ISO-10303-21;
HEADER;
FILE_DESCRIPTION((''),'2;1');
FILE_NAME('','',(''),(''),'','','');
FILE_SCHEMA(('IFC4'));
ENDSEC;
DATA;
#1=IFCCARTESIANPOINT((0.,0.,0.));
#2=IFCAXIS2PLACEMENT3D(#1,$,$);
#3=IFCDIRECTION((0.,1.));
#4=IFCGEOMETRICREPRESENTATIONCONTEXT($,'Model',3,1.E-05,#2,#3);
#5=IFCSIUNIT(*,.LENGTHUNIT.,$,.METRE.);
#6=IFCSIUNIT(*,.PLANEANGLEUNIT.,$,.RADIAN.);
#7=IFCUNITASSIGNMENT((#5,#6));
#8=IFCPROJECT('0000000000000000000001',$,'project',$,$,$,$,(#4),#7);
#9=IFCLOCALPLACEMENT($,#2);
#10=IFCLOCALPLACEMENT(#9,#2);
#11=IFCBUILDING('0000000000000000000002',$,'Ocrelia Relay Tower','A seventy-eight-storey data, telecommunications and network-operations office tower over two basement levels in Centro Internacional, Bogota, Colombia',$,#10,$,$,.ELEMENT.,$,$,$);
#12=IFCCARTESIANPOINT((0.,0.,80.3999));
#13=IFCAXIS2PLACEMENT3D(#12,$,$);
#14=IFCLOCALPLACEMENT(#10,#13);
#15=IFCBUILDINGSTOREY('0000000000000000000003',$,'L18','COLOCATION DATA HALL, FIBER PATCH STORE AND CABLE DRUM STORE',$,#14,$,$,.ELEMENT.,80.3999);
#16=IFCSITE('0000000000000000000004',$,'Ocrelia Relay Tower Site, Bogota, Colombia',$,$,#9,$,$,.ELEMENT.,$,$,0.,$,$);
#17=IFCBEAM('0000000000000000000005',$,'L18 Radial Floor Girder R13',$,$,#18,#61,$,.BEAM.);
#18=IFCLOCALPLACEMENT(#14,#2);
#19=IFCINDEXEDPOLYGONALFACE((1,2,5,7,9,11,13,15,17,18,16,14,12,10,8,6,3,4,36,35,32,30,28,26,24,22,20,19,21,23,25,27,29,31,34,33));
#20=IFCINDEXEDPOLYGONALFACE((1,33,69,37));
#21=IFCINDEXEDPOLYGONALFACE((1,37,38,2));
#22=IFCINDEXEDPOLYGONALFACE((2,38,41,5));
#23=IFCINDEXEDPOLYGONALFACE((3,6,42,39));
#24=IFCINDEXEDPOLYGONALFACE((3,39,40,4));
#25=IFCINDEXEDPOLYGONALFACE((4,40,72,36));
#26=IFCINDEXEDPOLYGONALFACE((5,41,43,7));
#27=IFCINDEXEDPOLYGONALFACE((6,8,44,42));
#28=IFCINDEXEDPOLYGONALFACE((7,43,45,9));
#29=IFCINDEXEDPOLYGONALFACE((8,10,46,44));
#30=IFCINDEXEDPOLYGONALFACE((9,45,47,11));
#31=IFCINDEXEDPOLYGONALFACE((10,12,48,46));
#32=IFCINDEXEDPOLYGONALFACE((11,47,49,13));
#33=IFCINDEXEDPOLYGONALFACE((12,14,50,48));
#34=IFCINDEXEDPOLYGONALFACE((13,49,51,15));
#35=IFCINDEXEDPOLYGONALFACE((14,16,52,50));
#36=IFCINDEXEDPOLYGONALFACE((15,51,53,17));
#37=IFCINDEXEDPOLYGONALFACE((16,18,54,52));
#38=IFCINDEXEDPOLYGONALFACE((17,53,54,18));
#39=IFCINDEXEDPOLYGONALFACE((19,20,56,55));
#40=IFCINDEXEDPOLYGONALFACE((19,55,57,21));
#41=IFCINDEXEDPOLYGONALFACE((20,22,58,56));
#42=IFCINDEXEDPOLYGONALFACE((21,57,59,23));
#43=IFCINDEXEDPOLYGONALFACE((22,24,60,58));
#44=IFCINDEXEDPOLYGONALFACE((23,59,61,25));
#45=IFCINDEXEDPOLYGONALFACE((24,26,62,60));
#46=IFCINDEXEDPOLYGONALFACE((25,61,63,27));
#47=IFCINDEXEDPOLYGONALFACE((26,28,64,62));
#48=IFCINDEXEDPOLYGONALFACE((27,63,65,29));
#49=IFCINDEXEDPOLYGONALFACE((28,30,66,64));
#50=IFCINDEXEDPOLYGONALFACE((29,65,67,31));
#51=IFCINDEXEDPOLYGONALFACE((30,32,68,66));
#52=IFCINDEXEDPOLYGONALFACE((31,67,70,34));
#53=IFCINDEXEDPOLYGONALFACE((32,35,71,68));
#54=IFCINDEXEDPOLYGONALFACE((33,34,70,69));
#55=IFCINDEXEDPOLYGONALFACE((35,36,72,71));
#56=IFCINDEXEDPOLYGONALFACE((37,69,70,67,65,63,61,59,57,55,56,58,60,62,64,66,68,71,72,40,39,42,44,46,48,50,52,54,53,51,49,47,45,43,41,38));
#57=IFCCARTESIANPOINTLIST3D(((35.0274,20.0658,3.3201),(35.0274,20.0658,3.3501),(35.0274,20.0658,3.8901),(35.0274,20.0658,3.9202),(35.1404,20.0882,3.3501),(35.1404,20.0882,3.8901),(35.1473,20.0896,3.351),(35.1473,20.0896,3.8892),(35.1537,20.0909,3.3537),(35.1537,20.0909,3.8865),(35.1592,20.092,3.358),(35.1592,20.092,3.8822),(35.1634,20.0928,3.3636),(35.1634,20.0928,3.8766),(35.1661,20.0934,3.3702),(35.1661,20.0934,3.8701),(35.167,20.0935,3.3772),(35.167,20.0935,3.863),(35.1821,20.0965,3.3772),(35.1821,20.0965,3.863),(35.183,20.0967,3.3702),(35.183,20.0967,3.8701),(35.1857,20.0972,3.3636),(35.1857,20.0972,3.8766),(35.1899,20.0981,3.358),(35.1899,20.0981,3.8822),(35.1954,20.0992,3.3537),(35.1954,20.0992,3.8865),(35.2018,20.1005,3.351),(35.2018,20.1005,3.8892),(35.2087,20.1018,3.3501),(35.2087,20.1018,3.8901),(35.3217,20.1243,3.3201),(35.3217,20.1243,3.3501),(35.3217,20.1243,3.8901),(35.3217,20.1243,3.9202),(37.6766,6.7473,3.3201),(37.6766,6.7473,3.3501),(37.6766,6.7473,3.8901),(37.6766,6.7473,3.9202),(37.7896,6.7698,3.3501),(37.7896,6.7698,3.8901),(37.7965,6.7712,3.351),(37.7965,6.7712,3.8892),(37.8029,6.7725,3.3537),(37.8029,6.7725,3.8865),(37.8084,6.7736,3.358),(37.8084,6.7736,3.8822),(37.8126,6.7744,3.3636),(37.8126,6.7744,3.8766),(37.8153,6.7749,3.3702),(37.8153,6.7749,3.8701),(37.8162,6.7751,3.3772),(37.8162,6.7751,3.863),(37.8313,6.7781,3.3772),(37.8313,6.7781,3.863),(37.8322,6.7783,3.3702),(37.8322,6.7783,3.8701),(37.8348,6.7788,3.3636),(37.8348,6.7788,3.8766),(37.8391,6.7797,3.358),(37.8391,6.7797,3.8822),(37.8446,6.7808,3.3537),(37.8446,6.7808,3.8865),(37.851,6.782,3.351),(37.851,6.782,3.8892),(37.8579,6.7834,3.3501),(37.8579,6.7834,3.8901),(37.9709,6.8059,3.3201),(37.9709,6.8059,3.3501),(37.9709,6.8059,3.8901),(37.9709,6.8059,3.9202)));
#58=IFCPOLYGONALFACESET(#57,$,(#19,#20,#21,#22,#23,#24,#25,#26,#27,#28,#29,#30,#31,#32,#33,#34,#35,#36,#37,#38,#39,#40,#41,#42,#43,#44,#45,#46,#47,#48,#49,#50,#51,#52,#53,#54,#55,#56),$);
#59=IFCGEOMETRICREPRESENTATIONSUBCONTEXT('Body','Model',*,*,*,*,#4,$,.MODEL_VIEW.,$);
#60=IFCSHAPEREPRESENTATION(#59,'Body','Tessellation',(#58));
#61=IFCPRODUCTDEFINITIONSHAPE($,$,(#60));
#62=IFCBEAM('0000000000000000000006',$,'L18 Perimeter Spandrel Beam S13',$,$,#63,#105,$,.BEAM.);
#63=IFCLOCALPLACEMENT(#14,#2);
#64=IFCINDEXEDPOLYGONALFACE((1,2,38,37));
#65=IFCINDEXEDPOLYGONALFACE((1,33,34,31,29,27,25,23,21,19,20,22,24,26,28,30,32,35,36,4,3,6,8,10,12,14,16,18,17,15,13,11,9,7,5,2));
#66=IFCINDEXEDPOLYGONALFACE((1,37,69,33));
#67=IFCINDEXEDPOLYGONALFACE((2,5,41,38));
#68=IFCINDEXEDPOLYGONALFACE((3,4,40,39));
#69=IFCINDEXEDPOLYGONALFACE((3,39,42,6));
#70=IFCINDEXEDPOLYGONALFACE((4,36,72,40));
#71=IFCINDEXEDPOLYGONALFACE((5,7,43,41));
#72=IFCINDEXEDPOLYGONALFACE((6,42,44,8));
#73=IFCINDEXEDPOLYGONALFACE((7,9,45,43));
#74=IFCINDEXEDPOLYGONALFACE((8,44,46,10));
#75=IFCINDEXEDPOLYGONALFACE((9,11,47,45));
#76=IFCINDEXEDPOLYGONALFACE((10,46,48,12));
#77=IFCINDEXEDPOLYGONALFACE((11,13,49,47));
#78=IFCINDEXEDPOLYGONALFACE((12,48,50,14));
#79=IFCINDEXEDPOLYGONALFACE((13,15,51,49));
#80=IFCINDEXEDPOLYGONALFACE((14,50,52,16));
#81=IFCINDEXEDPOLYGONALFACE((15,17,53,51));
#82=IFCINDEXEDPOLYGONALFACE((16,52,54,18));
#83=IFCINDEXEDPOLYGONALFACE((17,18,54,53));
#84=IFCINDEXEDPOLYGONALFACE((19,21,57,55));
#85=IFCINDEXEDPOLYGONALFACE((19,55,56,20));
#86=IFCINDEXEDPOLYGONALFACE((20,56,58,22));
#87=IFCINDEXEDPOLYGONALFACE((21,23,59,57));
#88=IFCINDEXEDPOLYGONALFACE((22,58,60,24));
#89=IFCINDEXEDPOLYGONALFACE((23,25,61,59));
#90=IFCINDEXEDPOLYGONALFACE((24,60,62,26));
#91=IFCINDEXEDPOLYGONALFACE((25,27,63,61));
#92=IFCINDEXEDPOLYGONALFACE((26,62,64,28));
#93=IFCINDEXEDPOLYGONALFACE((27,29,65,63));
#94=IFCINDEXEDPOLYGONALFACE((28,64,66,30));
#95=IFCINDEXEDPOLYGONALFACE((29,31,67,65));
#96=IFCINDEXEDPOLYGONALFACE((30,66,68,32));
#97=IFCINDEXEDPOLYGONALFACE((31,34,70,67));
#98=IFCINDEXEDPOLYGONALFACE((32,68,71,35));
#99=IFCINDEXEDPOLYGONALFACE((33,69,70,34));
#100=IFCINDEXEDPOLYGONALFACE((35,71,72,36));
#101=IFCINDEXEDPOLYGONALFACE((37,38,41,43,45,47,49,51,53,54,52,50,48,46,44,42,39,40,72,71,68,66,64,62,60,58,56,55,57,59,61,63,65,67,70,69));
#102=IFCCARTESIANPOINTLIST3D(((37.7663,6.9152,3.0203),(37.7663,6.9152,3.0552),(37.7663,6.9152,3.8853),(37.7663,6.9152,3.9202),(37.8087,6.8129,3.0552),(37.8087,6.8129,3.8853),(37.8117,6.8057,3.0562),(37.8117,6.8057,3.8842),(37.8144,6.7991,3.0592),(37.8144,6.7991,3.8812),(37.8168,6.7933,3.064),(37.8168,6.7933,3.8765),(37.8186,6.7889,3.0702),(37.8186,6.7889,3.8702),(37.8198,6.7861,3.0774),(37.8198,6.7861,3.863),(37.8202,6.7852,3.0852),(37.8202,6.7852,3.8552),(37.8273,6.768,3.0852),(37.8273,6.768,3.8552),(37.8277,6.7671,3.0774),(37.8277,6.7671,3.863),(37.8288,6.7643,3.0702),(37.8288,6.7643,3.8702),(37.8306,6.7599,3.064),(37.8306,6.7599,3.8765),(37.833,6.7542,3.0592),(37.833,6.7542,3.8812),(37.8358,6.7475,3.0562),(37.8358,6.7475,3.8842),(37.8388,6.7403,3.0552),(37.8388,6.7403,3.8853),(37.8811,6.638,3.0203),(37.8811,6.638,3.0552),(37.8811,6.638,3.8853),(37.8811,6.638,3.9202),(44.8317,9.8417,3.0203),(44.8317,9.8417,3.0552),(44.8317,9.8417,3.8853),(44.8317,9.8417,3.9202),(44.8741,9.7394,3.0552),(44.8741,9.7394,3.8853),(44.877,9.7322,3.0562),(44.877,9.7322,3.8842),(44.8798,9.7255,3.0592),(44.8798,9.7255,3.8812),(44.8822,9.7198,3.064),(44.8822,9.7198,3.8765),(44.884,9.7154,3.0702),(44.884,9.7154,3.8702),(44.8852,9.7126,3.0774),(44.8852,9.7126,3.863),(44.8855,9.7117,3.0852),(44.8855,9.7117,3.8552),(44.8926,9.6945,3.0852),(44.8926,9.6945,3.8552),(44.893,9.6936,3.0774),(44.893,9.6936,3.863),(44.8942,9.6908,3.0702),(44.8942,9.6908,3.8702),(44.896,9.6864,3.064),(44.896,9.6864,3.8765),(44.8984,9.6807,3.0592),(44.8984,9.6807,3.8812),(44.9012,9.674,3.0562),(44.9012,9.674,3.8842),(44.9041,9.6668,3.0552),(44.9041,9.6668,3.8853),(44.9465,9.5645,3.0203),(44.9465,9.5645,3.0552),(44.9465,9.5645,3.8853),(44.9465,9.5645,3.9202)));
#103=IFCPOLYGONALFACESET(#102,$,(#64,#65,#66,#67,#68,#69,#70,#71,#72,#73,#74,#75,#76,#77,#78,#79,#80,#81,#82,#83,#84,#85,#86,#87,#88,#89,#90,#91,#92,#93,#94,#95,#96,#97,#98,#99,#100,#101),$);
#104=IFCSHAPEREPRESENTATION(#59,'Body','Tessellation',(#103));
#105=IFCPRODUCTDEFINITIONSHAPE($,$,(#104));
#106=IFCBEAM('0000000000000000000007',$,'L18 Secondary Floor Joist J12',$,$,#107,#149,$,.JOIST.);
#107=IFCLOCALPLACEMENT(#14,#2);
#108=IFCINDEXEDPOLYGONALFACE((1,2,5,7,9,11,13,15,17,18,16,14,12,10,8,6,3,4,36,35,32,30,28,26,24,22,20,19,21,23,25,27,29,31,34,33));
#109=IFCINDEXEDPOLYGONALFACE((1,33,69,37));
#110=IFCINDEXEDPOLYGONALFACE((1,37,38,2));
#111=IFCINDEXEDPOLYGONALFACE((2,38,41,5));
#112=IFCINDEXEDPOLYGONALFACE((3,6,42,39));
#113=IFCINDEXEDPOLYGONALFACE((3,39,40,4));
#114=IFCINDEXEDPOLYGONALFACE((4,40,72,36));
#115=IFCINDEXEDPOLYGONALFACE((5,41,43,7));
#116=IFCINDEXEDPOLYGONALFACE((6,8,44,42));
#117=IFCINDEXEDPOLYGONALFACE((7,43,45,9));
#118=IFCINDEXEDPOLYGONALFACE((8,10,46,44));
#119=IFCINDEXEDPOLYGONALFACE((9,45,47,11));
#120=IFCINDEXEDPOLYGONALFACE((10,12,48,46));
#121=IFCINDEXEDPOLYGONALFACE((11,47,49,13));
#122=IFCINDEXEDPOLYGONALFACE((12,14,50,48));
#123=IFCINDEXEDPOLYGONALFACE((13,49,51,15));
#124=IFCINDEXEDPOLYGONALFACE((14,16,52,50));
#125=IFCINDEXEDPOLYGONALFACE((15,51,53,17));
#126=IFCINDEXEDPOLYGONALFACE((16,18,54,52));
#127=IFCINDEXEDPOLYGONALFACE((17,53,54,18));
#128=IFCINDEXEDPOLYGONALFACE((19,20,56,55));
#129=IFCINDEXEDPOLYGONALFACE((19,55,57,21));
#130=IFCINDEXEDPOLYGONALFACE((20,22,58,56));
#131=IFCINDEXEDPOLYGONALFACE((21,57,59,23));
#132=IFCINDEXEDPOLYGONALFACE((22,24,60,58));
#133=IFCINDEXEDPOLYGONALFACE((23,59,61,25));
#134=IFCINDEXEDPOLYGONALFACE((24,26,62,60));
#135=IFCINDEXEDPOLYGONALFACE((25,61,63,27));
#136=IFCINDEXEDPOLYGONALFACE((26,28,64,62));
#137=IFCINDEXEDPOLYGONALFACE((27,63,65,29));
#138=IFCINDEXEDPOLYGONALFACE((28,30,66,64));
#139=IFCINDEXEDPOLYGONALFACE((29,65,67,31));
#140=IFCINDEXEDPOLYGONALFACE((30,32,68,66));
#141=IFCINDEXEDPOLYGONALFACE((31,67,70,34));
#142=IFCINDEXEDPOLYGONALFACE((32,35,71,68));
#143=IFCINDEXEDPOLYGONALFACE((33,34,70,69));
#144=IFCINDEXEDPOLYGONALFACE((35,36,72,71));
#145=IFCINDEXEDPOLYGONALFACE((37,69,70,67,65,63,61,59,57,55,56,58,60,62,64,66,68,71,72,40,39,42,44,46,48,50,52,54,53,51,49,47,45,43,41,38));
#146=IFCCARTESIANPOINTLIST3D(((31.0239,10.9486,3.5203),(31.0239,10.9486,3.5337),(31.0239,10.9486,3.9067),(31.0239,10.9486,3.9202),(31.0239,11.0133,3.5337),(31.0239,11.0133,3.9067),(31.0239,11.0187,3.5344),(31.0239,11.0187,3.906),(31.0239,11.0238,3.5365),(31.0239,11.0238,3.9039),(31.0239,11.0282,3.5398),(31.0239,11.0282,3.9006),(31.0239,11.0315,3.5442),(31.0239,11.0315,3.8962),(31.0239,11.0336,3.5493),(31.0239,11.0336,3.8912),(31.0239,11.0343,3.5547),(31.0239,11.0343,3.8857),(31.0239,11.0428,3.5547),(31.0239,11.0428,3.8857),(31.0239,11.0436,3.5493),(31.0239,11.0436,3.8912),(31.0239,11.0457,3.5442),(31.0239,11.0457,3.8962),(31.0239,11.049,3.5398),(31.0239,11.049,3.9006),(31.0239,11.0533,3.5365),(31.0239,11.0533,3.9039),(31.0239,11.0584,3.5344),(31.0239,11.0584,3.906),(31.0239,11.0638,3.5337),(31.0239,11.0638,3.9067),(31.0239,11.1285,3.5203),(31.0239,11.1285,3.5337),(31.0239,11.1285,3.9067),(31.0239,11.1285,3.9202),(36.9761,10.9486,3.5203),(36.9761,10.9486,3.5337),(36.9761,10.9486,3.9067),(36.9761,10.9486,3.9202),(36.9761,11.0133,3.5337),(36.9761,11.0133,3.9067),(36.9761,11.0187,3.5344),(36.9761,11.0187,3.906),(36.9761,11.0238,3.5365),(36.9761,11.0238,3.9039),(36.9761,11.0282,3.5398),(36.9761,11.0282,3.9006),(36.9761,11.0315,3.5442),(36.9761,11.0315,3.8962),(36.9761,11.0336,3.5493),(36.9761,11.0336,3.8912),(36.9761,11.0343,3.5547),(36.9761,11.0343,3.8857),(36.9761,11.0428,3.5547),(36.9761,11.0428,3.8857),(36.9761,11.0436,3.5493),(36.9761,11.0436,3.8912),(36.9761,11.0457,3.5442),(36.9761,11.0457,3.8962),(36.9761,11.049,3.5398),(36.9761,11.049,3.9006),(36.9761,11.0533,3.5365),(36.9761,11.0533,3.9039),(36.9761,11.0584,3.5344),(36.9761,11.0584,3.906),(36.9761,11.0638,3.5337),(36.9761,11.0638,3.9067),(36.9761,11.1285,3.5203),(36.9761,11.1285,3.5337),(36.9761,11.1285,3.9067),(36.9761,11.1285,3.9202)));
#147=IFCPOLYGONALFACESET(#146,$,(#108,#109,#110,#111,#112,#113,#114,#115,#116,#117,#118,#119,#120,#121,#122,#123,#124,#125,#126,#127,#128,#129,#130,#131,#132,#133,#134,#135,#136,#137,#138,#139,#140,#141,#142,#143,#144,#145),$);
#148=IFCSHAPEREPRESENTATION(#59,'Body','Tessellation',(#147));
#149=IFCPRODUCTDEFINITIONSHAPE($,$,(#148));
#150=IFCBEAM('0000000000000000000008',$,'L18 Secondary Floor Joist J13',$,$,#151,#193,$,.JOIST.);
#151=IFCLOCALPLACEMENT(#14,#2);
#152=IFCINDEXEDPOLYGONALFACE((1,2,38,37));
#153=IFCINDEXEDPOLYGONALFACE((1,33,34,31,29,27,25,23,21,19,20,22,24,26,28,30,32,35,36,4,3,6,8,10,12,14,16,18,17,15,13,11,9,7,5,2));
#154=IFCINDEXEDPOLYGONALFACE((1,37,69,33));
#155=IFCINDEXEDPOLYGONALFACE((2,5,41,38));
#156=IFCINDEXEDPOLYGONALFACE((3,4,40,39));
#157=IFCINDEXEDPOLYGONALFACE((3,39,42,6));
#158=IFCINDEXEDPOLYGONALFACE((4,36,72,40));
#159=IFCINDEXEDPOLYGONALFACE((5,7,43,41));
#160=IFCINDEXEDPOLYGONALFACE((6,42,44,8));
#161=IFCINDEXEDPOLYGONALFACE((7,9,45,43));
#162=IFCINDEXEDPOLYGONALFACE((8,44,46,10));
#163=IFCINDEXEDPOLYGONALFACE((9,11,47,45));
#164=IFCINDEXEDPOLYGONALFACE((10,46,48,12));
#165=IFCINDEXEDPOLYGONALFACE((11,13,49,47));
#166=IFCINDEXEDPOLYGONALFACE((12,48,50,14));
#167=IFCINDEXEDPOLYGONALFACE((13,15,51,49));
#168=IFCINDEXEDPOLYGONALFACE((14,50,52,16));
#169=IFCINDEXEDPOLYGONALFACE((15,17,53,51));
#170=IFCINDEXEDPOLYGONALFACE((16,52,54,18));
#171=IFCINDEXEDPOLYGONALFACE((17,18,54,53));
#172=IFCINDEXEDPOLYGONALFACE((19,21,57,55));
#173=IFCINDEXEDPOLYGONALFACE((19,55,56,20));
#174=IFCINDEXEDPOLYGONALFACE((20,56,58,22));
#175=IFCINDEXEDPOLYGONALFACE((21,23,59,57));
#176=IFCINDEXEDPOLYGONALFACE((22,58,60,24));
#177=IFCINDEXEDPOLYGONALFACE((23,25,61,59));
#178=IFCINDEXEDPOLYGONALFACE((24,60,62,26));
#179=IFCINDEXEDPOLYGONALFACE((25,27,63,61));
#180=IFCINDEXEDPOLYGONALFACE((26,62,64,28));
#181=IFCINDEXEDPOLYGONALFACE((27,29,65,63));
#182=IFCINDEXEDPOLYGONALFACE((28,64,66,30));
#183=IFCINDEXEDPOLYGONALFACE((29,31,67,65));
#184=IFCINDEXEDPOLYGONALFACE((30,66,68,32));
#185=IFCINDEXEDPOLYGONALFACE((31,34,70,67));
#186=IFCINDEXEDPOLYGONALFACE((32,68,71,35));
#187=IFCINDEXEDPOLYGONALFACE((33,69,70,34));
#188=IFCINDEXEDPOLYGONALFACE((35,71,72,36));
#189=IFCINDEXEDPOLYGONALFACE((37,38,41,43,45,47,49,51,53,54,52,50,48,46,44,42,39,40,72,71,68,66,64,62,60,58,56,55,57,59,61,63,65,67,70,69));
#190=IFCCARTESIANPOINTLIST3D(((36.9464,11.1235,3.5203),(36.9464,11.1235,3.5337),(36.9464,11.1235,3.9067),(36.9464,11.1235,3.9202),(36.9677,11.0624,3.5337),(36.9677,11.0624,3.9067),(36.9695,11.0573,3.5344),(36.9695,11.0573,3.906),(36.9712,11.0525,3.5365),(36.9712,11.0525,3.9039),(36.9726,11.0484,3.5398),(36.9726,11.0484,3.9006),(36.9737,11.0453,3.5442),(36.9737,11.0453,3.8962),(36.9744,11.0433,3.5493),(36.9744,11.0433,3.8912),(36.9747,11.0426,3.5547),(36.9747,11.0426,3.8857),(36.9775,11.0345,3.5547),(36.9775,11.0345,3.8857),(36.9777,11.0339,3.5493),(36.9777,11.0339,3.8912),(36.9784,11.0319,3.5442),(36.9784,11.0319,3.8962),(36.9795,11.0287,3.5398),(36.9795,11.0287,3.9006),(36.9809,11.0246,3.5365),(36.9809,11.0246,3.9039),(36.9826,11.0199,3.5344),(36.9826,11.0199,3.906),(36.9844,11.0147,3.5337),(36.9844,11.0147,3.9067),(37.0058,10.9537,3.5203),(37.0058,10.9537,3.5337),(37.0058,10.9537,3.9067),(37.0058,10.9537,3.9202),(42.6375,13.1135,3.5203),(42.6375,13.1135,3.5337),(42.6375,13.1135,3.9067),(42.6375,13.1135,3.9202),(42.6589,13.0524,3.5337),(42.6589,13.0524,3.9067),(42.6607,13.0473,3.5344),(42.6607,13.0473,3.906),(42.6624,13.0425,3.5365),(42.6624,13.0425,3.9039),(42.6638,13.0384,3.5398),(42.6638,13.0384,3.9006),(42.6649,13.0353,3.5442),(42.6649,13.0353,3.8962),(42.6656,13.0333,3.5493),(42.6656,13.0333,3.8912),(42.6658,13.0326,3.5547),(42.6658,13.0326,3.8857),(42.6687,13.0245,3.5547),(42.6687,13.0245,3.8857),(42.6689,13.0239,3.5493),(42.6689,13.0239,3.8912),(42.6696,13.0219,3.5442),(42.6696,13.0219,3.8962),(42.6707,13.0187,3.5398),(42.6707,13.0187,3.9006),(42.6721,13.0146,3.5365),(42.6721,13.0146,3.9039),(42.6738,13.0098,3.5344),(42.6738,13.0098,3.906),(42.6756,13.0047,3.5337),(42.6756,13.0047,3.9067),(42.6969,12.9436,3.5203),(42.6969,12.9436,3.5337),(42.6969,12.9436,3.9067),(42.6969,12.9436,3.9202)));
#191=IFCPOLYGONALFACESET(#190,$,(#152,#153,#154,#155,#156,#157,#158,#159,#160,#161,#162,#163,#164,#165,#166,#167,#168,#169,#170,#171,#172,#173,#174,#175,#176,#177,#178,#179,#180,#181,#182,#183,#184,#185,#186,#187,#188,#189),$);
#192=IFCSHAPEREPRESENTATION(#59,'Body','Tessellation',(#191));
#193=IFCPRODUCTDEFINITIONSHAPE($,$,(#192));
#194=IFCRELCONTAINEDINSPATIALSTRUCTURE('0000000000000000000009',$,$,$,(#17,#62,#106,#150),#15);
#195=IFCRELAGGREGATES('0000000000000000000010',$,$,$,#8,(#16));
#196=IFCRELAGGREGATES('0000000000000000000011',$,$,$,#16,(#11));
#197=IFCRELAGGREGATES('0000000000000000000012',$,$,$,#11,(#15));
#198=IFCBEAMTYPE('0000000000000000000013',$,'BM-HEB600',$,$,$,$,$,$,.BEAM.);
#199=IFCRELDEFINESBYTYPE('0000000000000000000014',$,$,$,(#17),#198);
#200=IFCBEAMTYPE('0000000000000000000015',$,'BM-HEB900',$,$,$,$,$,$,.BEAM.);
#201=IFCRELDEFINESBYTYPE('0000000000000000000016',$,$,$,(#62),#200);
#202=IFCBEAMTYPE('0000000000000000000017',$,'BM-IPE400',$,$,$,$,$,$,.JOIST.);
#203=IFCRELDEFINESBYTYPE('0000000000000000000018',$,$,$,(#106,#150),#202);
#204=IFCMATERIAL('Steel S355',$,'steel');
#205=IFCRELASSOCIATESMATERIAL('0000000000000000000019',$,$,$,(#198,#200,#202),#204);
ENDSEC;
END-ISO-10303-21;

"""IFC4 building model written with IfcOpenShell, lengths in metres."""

from ifc_helpers import new_model, si_unit, direction, frame, origin, origin_2d, place, context, subcontext, project, spatial, i_section, extrude, material, material_profile, profile_set, type_object, element, save


model = new_model("IFC4")

# Units and contexts
model_context = context("Model", 3, precision=1e-05, world=origin(), true_north=direction((0.0, 1.0)))
body_context = subcontext(model_context, "Body", "Model", "MODEL_VIEW")
ifc_project = project(units=[si_unit("LENGTHUNIT", "METRE"), si_unit("PLANEANGLEUNIT", "RADIAN")], contexts=[model_context])

# Site, building, storey
site_placement = place(None, origin())
site = spatial("IfcSite", under=ifc_project, at=site_placement, Name="Ocrelia Relay Tower Site, Bogota, Colombia", CompositionType="ELEMENT", RefElevation=0.0)
building_placement = place(site_placement, origin())
building = spatial("IfcBuilding", under=site, at=building_placement, Name="Ocrelia Relay Tower", Description="A seventy-eight-storey data, telecommunications and network-operations office tower over two basement levels in Centro Internacional, Bogota, Colombia", CompositionType="ELEMENT")
storey_placement = place(building_placement, frame((0.0, 0.0, 80.3999)))
storey = spatial("IfcBuildingStorey", under=building, at=storey_placement, Name="L18", Description="COLOCATION DATA HALL, FIBER PATCH STORE AND CABLE DRUM STORE", CompositionType="ELEMENT", Elevation=80.3999)

# Beams
ifc_material_1 = material(Name="Steel S355", Category="steel")
ifc_material_profile_1 = material_profile(ifc_material_1, i_section(OverallWidth=0.3, OverallDepth=0.6001, WebThickness=0.0154, FlangeThickness=0.03, FilletRadius=0.0271, at=origin_2d()), Name="HEB 600")
ifc_profile_set_1 = profile_set([ifc_material_profile_1], Name="Steel S355")
beam_type_1 = type_object("IfcBeamType", Name="BM-HEB600", PredefinedType="BEAM", material=ifc_profile_set_1)
beam_1_placement = place(storey_placement, frame((37.8237, 6.7766, 3.6201), z_axis=(-0.195089, 0.980786, 0.0), x_axis=(-0.980786, -0.195089, 0.0)))
element("IfcBeam", 1, at=beam_1_placement, inside=storey, type_object=beam_type_1, Name="L18 Radial Floor Girder R13", PredefinedType="BEAM", context=body_context, shape_type="SweptSolid", body=[
    extrude(i_section(OverallWidth=0.3, OverallDepth=0.6001, WebThickness=0.0154, FlangeThickness=0.03, FilletRadius=0.0271, at=origin_2d()), origin(), (0.0, 0.0, 1.0), 13.5793),
])
ifc_material_profile_2 = material_profile(ifc_material_1, i_section(OverallWidth=0.3, OverallDepth=0.8999, WebThickness=0.0186, FlangeThickness=0.0349, FilletRadius=0.03, at=origin_2d()), Name="HEB 900")
ifc_profile_set_2 = profile_set([ifc_material_profile_2], Name="Steel S355")
beam_type_2 = type_object("IfcBeamType", Name="BM-HEB900", PredefinedType="BEAM", material=ifc_profile_set_2)
beam_2_placement = place(storey_placement, frame((37.8237, 6.7766, 3.4702), z_axis=(0.923883, 0.382674, 0.0), x_axis=(-0.382674, 0.923883, 0.0)))
element("IfcBeam", 2, at=beam_2_placement, inside=storey, type_object=beam_type_2, Name="L18 Perimeter Spandrel Beam S13", PredefinedType="BEAM", context=body_context, shape_type="SweptSolid", body=[
    extrude(i_section(OverallWidth=0.3, OverallDepth=0.8999, WebThickness=0.0186, FlangeThickness=0.0349, FilletRadius=0.03, at=origin_2d()), origin(), (0.0, 0.0, 1.0), 7.6475),
])
ifc_material_profile_3 = material_profile(ifc_material_1, i_section(OverallWidth=0.1799, OverallDepth=0.3999, WebThickness=0.0085, FlangeThickness=0.0134, FilletRadius=0.021, at=origin_2d()), Name="IPE 400")
ifc_profile_set_3 = profile_set([ifc_material_profile_3], Name="Steel S355")
beam_type_3 = type_object("IfcBeamType", Name="BM-IPE400", PredefinedType="JOIST", material=ifc_profile_set_3)
beam_3_placement = place(storey_placement, frame((31.0239, 11.0386, 3.7202), z_axis=(1.0, 0.0, 0.0), x_axis=(0.0, 1.0, 0.0)))
element("IfcBeam", 3, at=beam_3_placement, inside=storey, type_object=beam_type_3, Name="L18 Secondary Floor Joist J12", PredefinedType="JOIST", context=body_context, shape_type="SweptSolid", body=[
    extrude(i_section(OverallWidth=0.1799, OverallDepth=0.3999, WebThickness=0.0085, FlangeThickness=0.0134, FilletRadius=0.021, at=origin_2d()), origin(), (0.0, 0.0, 1.0), 5.9521),
])
beam_4_placement = place(storey_placement, frame((36.9761, 11.0386, 3.7202), z_axis=(0.943957, 0.330067, 0.0), x_axis=(-0.330067, 0.943957, 0.0)))
element("IfcBeam", 4, at=beam_4_placement, inside=storey, type_object=beam_type_3, Name="L18 Secondary Floor Joist J13", PredefinedType="JOIST", context=body_context, shape_type="SweptSolid", body=[
    extrude(i_section(OverallWidth=0.1799, OverallDepth=0.3999, WebThickness=0.0085, FlangeThickness=0.0134, FilletRadius=0.021, at=origin_2d()), origin(), (0.0, 0.0, 1.0), 6.0291),
])

save(model, "model.ifc")
